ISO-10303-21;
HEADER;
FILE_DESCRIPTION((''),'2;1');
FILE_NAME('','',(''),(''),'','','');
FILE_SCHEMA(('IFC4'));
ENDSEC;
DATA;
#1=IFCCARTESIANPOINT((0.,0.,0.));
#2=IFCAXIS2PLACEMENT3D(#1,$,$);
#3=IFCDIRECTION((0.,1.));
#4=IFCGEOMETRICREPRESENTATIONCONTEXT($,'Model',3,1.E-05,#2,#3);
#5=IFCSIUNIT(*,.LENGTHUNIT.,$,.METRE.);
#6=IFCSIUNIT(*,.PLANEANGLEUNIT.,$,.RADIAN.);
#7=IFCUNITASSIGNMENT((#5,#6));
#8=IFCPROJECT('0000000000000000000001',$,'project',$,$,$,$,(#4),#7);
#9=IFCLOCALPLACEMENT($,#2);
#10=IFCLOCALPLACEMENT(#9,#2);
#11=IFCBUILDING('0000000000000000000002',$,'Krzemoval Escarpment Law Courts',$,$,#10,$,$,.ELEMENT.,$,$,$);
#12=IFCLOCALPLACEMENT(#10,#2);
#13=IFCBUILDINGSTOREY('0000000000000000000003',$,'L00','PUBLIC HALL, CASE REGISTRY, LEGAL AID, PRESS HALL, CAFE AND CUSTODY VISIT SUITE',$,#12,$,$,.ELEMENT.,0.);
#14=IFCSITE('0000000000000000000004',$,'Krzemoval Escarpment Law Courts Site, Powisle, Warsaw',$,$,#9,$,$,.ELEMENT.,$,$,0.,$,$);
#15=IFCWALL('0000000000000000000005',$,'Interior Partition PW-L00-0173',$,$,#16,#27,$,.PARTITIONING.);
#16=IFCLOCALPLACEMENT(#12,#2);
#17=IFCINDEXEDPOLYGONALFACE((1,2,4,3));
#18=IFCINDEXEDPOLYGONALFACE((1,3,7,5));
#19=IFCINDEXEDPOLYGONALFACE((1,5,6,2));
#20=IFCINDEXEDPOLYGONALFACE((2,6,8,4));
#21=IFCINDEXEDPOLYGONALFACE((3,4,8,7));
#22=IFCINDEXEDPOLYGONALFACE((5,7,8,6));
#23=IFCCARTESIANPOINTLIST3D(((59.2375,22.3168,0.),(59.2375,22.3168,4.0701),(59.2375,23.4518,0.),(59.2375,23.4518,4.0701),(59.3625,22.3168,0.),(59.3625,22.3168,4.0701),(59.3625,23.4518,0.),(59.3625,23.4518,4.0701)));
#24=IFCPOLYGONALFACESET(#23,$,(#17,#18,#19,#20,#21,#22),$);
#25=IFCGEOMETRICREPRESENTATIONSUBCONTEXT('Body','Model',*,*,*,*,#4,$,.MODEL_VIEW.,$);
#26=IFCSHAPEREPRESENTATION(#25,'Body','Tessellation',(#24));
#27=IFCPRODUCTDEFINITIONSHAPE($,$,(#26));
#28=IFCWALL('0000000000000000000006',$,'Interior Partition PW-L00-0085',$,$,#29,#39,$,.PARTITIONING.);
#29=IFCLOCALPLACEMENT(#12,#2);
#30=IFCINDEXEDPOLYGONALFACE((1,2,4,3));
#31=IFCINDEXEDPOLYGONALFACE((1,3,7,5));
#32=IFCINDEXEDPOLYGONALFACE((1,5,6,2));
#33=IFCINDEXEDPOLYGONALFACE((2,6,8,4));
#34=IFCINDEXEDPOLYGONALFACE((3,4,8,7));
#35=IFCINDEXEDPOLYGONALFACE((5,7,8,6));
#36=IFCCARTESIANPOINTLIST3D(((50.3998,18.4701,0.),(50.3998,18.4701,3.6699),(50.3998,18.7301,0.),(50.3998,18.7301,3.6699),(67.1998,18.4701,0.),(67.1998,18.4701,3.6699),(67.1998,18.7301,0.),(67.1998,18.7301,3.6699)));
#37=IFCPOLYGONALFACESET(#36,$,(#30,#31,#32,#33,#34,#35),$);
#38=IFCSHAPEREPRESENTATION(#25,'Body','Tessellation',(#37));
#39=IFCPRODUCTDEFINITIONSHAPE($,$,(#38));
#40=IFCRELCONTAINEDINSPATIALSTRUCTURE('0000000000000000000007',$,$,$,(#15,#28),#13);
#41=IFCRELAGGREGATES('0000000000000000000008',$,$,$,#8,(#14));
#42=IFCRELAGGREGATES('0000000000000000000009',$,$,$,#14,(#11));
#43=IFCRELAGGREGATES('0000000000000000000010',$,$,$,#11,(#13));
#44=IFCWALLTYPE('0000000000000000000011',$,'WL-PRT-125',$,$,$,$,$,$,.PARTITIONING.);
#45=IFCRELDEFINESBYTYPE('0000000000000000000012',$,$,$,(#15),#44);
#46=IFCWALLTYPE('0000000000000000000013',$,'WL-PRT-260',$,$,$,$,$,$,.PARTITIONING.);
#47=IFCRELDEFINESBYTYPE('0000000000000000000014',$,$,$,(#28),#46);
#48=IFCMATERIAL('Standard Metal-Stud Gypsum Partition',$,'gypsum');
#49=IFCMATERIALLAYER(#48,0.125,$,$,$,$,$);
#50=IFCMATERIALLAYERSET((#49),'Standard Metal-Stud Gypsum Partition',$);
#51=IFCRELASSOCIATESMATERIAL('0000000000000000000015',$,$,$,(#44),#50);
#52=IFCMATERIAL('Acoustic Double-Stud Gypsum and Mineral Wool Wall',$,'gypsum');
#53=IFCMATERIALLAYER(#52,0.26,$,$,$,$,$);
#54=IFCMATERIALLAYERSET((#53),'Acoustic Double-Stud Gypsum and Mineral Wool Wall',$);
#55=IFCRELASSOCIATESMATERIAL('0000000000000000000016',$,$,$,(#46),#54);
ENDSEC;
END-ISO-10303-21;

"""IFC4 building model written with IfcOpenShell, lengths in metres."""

from ifc_helpers import new_model, si_unit, direction, frame, frame_2d, origin, place, context, subcontext, project, spatial, rectangle, extrude, material, layer, layer_set, type_object, element, save


model = new_model("IFC4")

# Units and contexts
model_context = context("Model", 3, precision=1e-05, world=origin(), true_north=direction((0.0, 1.0)))
body_context = subcontext(model_context, "Body", "Model", "MODEL_VIEW")
ifc_project = project(units=[si_unit("LENGTHUNIT", "METRE"), si_unit("PLANEANGLEUNIT", "RADIAN")], contexts=[model_context])

# Site, building, storey
site_placement = place(None, origin())
site = spatial("IfcSite", under=ifc_project, at=site_placement, Name="Krzemoval Escarpment Law Courts Site, Powisle, Warsaw", CompositionType="ELEMENT", RefElevation=0.0)
building_placement = place(site_placement, origin())
building = spatial("IfcBuilding", under=site, at=building_placement, Name="Krzemoval Escarpment Law Courts", CompositionType="ELEMENT")
storey_placement = place(building_placement, origin())
storey = spatial("IfcBuildingStorey", under=building, at=storey_placement, Name="L00", Description="PUBLIC HALL, CASE REGISTRY, LEGAL AID, PRESS HALL, CAFE AND CUSTODY VISIT SUITE", CompositionType="ELEMENT", Elevation=0.0)

# Walls
ifc_material_1 = material(Name="Standard Metal-Stud Gypsum Partition", Category="gypsum")
ifc_layer_1 = layer(ifc_material_1, 0.125)
ifc_layer_set_1 = layer_set([ifc_layer_1], Name="Standard Metal-Stud Gypsum Partition")
wall_type_1 = type_object("IfcWallType", Name="WL-PRT-125", PredefinedType="PARTITIONING", material=ifc_layer_set_1)
wall_1_placement = place(storey_placement, frame((59.3, 22.3169, 0.0), z_axis=(0.0, 0.0, 1.0), x_axis=(0.0, 1.0, 0.0)))
element("IfcWall", 1, at=wall_1_placement, inside=storey, type_object=wall_type_1, Name="Interior Partition PW-L00-0173", PredefinedType="PARTITIONING", context=body_context, shape_type="SweptSolid", body=[
    extrude(rectangle(XDim=1.135, YDim=0.125, at=frame_2d((0.5674, 0.0))), origin(), (0.0, 0.0, 1.0), 4.0701),
])
ifc_material_2 = material(Name="Acoustic Double-Stud Gypsum and Mineral Wool Wall", Category="gypsum")
ifc_layer_2 = layer(ifc_material_2, 0.26)
ifc_layer_set_2 = layer_set([ifc_layer_2], Name="Acoustic Double-Stud Gypsum and Mineral Wool Wall")
wall_type_2 = type_object("IfcWallType", Name="WL-PRT-260", PredefinedType="PARTITIONING", material=ifc_layer_set_2)
wall_2_placement = place(storey_placement, frame((50.3999, 18.6001, 0.0), z_axis=(0.0, 0.0, 1.0), x_axis=(1.0, 0.0, 0.0)))
element("IfcWall", 2, at=wall_2_placement, inside=storey, type_object=wall_type_2, Name="Interior Partition PW-L00-0085", PredefinedType="PARTITIONING", context=body_context, shape_type="SweptSolid", body=[
    extrude(rectangle(XDim=16.8, YDim=0.26, at=frame_2d((8.3999, 0.0))), origin(), (0.0, 0.0, 1.0), 3.6699),
])

save(model, "model.ifc")
